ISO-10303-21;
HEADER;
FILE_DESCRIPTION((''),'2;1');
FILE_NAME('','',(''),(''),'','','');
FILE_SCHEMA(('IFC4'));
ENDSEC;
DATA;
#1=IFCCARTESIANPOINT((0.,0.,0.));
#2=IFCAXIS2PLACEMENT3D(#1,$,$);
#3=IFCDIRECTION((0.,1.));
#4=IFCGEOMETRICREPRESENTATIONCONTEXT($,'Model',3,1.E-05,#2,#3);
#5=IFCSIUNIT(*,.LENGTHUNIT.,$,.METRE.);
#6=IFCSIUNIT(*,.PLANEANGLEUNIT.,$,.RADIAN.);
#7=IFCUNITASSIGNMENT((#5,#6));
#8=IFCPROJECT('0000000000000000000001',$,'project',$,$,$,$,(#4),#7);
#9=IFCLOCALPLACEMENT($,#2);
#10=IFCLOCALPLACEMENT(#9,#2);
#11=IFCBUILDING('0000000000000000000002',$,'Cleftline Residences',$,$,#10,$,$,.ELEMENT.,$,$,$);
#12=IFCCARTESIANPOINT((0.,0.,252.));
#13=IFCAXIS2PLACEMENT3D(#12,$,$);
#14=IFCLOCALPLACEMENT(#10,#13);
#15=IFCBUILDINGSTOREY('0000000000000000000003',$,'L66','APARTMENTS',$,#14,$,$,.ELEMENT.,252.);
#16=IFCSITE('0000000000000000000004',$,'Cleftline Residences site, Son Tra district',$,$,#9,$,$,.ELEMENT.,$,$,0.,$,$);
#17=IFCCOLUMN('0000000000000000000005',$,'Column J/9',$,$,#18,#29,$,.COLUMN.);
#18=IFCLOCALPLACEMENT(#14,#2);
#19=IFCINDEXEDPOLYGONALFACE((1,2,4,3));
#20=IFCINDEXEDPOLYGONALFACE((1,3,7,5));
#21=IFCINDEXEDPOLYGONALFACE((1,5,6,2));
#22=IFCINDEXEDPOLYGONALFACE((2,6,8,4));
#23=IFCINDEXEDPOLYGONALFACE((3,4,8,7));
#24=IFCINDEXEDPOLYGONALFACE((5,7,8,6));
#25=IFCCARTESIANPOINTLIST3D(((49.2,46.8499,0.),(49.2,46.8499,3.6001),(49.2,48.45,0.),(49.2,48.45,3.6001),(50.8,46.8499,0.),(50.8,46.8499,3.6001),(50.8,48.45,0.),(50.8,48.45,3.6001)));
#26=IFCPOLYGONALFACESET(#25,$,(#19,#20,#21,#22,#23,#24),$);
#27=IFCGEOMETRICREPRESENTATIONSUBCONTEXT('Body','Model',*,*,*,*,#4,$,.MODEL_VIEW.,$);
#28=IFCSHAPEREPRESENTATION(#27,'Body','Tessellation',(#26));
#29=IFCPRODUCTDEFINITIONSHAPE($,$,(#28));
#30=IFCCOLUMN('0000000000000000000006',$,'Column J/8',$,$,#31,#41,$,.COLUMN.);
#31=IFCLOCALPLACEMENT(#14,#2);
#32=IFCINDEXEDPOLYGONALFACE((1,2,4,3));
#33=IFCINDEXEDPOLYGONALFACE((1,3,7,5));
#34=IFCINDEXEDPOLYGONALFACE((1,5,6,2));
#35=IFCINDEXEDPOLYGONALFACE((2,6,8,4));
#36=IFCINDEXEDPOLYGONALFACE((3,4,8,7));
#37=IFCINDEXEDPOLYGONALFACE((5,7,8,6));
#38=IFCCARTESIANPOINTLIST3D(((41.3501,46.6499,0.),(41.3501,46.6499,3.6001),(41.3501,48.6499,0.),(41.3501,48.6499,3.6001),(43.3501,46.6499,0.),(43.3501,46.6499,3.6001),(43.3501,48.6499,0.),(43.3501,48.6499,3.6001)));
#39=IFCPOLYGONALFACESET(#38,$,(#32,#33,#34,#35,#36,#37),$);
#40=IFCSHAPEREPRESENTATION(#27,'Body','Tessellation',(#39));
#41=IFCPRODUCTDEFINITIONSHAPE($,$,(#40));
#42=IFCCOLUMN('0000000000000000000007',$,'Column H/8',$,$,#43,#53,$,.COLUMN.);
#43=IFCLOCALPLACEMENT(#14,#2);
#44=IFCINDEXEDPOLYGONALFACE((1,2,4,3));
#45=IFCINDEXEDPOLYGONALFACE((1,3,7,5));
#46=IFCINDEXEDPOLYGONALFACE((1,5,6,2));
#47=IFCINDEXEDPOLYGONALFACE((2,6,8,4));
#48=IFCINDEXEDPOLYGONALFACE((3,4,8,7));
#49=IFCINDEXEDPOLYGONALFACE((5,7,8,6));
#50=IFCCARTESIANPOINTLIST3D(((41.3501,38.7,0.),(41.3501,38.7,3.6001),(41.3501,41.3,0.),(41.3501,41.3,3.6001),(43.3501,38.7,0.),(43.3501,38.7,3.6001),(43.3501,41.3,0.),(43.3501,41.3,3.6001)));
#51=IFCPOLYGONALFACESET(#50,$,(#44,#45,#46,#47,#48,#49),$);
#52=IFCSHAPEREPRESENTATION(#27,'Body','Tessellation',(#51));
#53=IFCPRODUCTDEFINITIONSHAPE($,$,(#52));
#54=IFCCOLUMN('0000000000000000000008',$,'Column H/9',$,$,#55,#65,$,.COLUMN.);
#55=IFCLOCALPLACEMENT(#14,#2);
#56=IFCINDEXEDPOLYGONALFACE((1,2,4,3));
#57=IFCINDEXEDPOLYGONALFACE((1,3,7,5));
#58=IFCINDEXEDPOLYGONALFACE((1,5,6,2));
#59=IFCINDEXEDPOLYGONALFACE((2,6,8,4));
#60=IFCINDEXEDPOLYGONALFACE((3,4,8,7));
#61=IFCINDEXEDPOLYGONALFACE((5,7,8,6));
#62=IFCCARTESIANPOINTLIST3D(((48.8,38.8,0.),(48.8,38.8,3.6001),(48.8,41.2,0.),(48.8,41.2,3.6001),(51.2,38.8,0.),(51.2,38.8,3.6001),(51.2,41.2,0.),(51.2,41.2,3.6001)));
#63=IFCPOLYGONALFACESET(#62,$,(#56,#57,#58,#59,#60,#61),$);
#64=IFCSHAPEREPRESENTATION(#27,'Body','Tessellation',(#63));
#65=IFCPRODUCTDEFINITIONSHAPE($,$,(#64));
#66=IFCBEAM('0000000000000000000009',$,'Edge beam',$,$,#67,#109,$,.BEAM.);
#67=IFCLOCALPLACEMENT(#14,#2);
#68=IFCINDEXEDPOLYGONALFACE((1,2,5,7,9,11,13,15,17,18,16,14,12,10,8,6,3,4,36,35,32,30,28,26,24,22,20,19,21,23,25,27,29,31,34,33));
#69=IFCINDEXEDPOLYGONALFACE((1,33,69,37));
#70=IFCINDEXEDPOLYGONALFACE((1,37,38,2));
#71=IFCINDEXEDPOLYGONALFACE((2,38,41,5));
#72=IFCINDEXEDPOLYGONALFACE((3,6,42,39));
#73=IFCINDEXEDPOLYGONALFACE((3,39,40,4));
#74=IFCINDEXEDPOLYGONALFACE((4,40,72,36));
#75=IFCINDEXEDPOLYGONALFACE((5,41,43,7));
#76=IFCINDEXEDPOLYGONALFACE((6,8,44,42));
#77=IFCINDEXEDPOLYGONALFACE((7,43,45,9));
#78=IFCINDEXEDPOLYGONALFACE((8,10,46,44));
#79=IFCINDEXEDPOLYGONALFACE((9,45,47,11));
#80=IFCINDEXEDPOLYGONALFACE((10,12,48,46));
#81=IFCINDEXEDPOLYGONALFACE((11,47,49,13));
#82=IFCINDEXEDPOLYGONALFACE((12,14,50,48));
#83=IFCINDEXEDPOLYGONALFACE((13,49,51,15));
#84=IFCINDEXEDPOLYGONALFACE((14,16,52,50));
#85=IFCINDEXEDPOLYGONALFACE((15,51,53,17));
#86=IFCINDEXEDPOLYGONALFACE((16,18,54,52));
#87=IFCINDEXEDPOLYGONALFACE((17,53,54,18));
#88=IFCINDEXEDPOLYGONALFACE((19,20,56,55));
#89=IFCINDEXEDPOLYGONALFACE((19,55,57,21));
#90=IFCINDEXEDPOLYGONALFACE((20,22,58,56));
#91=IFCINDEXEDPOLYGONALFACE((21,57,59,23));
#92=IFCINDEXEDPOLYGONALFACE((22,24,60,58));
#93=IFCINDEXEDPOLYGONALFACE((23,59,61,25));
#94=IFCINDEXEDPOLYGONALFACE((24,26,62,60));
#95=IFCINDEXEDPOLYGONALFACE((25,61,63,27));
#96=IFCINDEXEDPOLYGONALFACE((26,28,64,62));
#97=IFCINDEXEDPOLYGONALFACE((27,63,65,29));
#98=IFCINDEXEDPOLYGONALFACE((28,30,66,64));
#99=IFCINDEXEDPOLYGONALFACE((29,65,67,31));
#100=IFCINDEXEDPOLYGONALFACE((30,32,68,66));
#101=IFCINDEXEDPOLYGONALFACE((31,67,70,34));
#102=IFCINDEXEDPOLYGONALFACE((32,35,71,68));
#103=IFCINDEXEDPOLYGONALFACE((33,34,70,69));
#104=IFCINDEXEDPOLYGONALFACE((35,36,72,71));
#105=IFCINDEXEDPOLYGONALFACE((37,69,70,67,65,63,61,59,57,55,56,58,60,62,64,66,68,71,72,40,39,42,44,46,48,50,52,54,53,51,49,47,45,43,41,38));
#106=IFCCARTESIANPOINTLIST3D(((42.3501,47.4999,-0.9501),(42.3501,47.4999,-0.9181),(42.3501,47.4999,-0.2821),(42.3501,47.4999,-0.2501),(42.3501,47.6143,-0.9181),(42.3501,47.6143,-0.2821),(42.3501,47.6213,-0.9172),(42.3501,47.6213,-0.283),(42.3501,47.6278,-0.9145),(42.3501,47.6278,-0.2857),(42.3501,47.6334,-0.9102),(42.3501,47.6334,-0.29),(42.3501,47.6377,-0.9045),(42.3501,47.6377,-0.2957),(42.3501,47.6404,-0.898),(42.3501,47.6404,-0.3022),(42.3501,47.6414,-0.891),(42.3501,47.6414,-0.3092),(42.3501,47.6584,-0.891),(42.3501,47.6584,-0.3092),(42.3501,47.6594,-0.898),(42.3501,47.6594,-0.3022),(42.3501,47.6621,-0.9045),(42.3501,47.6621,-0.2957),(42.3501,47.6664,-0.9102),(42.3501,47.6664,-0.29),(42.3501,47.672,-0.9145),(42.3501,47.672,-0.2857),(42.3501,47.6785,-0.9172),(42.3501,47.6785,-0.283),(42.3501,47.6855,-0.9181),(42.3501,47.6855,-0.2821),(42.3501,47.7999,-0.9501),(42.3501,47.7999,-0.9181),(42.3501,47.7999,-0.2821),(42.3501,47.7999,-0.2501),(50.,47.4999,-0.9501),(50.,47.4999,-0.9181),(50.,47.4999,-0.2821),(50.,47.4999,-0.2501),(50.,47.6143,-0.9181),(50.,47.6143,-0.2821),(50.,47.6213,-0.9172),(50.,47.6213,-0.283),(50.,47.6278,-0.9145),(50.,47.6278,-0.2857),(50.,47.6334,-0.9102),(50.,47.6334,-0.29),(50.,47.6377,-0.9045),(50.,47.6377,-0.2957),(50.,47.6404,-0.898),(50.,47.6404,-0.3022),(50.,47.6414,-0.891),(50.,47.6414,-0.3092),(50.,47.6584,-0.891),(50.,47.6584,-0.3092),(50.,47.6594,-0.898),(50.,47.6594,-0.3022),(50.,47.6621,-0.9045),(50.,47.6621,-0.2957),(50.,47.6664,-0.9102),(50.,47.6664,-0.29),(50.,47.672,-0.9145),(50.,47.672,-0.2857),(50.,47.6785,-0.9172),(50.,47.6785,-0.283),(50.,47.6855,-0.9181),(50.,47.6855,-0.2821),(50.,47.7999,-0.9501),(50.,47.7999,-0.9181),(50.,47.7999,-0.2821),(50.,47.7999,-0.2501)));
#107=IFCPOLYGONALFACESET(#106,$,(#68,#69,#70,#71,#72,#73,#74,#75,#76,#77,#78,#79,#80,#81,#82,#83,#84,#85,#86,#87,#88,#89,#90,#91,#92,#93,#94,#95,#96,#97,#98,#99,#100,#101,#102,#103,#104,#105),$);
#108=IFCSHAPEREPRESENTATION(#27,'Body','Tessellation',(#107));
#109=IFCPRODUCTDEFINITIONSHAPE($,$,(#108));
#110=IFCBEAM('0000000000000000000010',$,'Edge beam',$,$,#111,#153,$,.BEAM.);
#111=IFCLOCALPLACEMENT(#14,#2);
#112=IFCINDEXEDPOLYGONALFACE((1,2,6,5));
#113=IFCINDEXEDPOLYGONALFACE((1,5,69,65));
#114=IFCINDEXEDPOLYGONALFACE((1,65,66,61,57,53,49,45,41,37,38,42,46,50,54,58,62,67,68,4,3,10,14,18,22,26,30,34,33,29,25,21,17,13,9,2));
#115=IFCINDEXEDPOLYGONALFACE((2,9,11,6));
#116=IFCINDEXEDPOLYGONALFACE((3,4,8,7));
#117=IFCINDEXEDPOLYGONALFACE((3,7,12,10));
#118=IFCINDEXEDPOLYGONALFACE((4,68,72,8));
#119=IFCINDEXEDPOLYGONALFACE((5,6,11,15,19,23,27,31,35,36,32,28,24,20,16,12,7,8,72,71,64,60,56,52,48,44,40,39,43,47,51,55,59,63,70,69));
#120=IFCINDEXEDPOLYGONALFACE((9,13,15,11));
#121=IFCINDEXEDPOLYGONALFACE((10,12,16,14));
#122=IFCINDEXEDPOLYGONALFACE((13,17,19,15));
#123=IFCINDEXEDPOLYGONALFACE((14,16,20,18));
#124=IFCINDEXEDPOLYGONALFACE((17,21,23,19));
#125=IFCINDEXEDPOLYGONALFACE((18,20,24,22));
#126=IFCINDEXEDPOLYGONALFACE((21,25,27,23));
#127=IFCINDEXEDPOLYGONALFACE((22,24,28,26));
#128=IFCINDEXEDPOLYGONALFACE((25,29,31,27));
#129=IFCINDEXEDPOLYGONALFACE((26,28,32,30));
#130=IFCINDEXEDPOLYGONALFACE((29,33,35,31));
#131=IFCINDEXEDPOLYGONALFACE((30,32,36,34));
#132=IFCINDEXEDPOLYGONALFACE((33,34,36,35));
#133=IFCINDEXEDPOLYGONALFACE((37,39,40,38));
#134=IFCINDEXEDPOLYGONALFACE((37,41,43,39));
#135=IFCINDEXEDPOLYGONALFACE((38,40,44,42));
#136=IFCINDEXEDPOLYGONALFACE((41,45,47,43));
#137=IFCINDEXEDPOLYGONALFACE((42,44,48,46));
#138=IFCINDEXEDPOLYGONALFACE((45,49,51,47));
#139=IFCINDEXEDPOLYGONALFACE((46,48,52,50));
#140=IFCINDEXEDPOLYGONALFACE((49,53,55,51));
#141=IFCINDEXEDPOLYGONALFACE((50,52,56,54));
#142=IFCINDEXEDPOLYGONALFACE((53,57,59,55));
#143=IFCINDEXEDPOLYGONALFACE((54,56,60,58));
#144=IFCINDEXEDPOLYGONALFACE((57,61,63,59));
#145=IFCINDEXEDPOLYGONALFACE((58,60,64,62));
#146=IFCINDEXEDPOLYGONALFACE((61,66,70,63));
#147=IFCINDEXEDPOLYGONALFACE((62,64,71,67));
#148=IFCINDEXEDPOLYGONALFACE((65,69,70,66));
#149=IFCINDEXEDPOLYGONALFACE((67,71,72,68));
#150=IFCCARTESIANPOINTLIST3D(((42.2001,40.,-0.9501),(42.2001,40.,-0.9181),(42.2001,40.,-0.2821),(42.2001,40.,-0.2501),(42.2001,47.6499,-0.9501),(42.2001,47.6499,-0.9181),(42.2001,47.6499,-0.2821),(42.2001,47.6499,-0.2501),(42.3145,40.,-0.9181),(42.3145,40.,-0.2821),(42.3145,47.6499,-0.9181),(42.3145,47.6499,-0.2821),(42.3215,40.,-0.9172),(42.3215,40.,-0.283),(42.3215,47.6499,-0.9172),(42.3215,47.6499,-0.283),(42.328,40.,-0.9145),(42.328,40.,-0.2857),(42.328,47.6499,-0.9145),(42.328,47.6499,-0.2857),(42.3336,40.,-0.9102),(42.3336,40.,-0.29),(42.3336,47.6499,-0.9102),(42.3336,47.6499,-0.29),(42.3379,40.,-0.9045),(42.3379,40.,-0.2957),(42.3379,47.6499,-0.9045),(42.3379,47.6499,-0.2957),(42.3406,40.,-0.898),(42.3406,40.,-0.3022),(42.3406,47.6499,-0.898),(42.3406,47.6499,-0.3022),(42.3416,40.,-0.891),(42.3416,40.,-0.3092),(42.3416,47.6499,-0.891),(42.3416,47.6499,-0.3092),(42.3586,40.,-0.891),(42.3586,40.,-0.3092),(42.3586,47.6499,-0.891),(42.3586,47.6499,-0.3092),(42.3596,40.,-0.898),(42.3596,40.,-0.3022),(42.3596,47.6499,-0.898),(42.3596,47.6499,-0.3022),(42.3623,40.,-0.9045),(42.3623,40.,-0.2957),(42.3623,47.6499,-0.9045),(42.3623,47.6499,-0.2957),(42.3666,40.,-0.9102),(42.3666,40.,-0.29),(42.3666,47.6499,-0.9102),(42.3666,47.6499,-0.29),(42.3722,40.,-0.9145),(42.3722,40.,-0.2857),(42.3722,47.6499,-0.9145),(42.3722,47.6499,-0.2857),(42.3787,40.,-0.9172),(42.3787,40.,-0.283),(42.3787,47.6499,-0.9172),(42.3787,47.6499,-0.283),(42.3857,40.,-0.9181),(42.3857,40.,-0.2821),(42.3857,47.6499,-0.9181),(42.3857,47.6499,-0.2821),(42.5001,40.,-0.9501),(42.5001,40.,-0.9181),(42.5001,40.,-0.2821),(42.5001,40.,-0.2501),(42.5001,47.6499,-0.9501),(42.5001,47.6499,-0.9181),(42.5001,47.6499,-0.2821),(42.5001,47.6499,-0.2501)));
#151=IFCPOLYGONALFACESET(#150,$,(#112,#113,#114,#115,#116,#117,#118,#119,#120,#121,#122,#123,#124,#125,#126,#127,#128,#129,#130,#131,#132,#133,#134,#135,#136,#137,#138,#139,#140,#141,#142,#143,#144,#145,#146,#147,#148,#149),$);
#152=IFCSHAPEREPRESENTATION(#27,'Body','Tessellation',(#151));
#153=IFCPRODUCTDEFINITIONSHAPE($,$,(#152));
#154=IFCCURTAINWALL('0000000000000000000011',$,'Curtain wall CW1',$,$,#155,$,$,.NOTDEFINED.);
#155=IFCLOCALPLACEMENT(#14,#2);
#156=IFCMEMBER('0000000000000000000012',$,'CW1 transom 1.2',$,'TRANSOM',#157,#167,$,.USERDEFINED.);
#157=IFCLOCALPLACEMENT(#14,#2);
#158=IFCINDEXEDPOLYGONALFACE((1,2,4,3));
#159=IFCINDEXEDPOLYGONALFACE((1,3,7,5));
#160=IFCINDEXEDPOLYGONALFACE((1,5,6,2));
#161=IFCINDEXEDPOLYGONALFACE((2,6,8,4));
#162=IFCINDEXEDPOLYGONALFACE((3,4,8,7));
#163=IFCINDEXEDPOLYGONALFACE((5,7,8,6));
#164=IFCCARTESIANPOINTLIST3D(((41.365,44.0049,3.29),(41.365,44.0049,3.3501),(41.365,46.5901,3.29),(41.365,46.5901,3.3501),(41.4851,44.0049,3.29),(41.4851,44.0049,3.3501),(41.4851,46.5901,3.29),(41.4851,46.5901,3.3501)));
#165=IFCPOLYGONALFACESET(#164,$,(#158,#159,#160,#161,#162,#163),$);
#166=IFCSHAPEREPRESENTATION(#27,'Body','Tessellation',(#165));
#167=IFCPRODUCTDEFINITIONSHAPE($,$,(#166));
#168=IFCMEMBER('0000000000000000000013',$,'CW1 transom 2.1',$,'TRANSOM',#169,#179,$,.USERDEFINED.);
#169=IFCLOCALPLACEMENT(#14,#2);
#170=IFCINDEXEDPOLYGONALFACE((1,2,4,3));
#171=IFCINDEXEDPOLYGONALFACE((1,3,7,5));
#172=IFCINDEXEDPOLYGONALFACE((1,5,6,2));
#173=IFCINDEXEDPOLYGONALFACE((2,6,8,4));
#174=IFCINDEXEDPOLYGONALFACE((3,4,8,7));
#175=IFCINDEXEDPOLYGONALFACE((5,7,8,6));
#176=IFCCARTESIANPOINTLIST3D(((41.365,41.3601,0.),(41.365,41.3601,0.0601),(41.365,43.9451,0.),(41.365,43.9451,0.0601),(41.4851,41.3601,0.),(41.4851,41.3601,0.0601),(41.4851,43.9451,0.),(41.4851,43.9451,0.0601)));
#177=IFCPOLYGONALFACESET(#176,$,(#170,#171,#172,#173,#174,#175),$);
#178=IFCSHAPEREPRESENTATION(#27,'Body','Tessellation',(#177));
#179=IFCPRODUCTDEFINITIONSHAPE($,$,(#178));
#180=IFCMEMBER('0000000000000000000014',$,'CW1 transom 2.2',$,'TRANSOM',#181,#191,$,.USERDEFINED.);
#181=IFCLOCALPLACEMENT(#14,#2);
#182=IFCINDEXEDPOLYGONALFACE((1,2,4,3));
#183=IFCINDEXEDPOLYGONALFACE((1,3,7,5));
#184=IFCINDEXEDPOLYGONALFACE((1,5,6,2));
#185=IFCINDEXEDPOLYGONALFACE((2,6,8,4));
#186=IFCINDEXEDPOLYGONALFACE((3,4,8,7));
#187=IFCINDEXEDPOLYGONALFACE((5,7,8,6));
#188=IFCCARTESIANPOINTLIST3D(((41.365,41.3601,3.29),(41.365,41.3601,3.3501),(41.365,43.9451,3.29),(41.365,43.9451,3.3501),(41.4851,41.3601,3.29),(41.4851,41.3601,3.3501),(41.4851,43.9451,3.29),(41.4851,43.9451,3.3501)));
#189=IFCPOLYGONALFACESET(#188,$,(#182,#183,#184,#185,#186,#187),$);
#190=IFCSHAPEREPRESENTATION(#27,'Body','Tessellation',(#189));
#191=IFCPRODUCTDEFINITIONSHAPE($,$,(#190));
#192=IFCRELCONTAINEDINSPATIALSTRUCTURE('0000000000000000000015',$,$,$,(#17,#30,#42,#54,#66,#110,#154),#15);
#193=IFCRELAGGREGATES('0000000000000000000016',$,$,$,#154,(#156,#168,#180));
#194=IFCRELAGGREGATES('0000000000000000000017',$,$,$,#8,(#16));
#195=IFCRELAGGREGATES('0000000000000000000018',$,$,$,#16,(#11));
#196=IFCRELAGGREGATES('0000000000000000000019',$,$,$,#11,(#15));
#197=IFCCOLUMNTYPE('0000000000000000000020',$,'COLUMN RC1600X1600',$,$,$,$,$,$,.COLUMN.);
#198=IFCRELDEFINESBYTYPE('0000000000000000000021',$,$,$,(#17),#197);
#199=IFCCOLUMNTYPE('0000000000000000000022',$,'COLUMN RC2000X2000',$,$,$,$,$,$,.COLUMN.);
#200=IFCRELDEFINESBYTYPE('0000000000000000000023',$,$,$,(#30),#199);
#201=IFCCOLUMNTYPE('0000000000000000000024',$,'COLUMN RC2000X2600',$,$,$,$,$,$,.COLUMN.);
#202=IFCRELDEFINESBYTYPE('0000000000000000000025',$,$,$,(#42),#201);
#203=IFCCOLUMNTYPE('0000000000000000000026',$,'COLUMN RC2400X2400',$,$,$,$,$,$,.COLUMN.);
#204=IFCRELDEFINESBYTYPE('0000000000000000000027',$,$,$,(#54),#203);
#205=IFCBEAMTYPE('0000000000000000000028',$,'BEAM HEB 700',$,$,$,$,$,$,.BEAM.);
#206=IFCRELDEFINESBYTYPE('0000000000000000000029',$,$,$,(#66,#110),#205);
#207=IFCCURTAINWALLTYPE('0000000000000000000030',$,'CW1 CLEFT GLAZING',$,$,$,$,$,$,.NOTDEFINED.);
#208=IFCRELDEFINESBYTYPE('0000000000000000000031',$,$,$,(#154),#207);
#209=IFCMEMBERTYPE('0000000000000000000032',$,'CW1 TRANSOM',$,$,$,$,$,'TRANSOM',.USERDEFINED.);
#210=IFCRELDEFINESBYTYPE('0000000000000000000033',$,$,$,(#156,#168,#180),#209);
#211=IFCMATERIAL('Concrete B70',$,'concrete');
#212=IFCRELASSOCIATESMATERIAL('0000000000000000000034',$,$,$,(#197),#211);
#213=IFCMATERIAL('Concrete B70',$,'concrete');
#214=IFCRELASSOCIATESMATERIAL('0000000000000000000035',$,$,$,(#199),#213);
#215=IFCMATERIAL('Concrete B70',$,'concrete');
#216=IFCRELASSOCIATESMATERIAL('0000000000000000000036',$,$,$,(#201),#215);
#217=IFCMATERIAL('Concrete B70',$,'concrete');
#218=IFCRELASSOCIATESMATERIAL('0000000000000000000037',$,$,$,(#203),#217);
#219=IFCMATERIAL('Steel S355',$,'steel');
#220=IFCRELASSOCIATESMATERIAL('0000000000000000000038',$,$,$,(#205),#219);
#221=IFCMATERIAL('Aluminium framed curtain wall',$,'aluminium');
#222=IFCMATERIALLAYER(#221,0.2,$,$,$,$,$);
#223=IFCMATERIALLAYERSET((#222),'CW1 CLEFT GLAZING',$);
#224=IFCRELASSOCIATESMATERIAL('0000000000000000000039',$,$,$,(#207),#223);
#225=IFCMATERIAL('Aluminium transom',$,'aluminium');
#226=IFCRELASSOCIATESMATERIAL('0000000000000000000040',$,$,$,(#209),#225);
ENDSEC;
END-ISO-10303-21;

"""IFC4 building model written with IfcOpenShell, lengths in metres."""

from ifc_helpers import new_model, si_unit, direction, frame, origin, origin_2d, place, context, subcontext, project, spatial, rectangle, i_section, extrude, material, layer, layer_set, material_profile, profile_set, type_object, element, aggregate, save


model = new_model("IFC4")

# Units and contexts
model_context = context("Model", 3, precision=1e-05, world=origin(), true_north=direction((0.0, 1.0)))
body_context = subcontext(model_context, "Body", "Model", "MODEL_VIEW")
ifc_project = project(units=[si_unit("LENGTHUNIT", "METRE"), si_unit("PLANEANGLEUNIT", "RADIAN")], contexts=[model_context])

# Site, building, storey
site_placement = place(None, origin())
site = spatial("IfcSite", under=ifc_project, at=site_placement, Name="Cleftline Residences site, Son Tra district", CompositionType="ELEMENT", RefElevation=0.0)
building_placement = place(site_placement, origin())
building = spatial("IfcBuilding", under=site, at=building_placement, Name="Cleftline Residences", CompositionType="ELEMENT")
storey_placement = place(building_placement, frame((0.0, 0.0, 252.0)))
storey = spatial("IfcBuildingStorey", under=building, at=storey_placement, Name="L66", Description="APARTMENTS", CompositionType="ELEMENT", Elevation=252.0)

# Columns
ifc_material_1 = material(Name="Concrete B70", Category="concrete")
ifc_material_profile_1 = material_profile(ifc_material_1, rectangle(XDim=1.6001, YDim=1.6001, at=origin_2d()))
ifc_profile_set_1 = profile_set([ifc_material_profile_1], Name="Concrete B70")
column_type_1 = type_object("IfcColumnType", Name="COLUMN RC1600X1600", PredefinedType="COLUMN", material=ifc_profile_set_1)
column_1_placement = place(storey_placement, frame((50.0, 47.6499, 0.0), z_axis=(0.0, 0.0, 1.0), x_axis=(1.0, 0.0, 0.0)))
element("IfcColumn", 1, at=column_1_placement, inside=storey, type_object=column_type_1, Name="Column J/9", PredefinedType="COLUMN", context=body_context, shape_type="SweptSolid", body=[
    extrude(rectangle(XDim=1.6001, YDim=1.6001, at=origin_2d()), origin(), (0.0, 0.0, 1.0), 3.6001),
])
ifc_material_2 = material(Name="Concrete B70", Category="concrete")
ifc_material_profile_2 = material_profile(ifc_material_2, rectangle(XDim=2.0, YDim=2.0, at=origin_2d()))
ifc_profile_set_2 = profile_set([ifc_material_profile_2], Name="Concrete B70")
column_type_2 = type_object("IfcColumnType", Name="COLUMN RC2000X2000", PredefinedType="COLUMN", material=ifc_profile_set_2)
column_2_placement = place(storey_placement, frame((42.3501, 47.6499, 0.0), z_axis=(0.0, 0.0, 1.0), x_axis=(1.0, 0.0, 0.0)))
element("IfcColumn", 2, at=column_2_placement, inside=storey, type_object=column_type_2, Name="Column J/8", PredefinedType="COLUMN", context=body_context, shape_type="SweptSolid", body=[
    extrude(rectangle(XDim=2.0, YDim=2.0, at=origin_2d()), origin(), (0.0, 0.0, 1.0), 3.6001),
])
ifc_material_3 = material(Name="Concrete B70", Category="concrete")
ifc_material_profile_3 = material_profile(ifc_material_3, rectangle(XDim=2.0, YDim=2.6001, at=origin_2d()))
ifc_profile_set_3 = profile_set([ifc_material_profile_3], Name="Concrete B70")
column_type_3 = type_object("IfcColumnType", Name="COLUMN RC2000X2600", PredefinedType="COLUMN", material=ifc_profile_set_3)
column_3_placement = place(storey_placement, frame((42.3501, 40.0, 0.0), z_axis=(0.0, 0.0, 1.0), x_axis=(1.0, 0.0, 0.0)))
element("IfcColumn", 3, at=column_3_placement, inside=storey, type_object=column_type_3, Name="Column H/8", PredefinedType="COLUMN", context=body_context, shape_type="SweptSolid", body=[
    extrude(rectangle(XDim=2.0, YDim=2.6001, at=origin_2d()), origin(), (0.0, 0.0, 1.0), 3.6001),
])
ifc_material_4 = material(Name="Concrete B70", Category="concrete")
ifc_material_profile_4 = material_profile(ifc_material_4, rectangle(XDim=2.3999, YDim=2.3999, at=origin_2d()))
ifc_profile_set_4 = profile_set([ifc_material_profile_4], Name="Concrete B70")
column_type_4 = type_object("IfcColumnType", Name="COLUMN RC2400X2400", PredefinedType="COLUMN", material=ifc_profile_set_4)
column_4_placement = place(storey_placement, frame((50.0, 40.0, 0.0), z_axis=(0.0, 0.0, 1.0), x_axis=(1.0, 0.0, 0.0)))
element("IfcColumn", 4, at=column_4_placement, inside=storey, type_object=column_type_4, Name="Column H/9", PredefinedType="COLUMN", context=body_context, shape_type="SweptSolid", body=[
    extrude(rectangle(XDim=2.3999, YDim=2.3999, at=origin_2d()), origin(), (0.0, 0.0, 1.0), 3.6001),
])

# Beams
ifc_material_5 = material(Name="Steel S355", Category="steel")
ifc_material_profile_5 = material_profile(ifc_material_5, i_section(OverallWidth=0.3, OverallDepth=0.7, WebThickness=0.0171, FlangeThickness=0.032, FilletRadius=0.0271, at=origin_2d()))
ifc_profile_set_5 = profile_set([ifc_material_profile_5], Name="Steel S355")
beam_type = type_object("IfcBeamType", Name="BEAM HEB 700", PredefinedType="BEAM", material=ifc_profile_set_5)
for number, where, z_axis, x_axis, name in (
    (5, (50.0, 47.6499, -0.6001), (-1.0, 0.0, 0.0), (0.0, -1.0, 0.0), "Edge beam"),
    (6, (42.3501, 47.6499, -0.6001), (0.0, -1.0, 0.0), (1.0, 0.0, 0.0), "Edge beam"),
):
    element("IfcBeam", number, at=place(storey_placement, frame(where, z_axis=z_axis, x_axis=x_axis)), inside=storey, type_object=beam_type, Name=name, PredefinedType="BEAM", context=body_context, shape_type="SweptSolid", body=[
        extrude(i_section(OverallWidth=0.3, OverallDepth=0.7, WebThickness=0.0171, FlangeThickness=0.032, FilletRadius=0.0271, at=origin_2d()), origin(), (0.0, 0.0, 1.0), 7.6499),
    ])

# Curtain wall, members
ifc_material_6 = material(Name="Aluminium framed curtain wall", Category="aluminium")
ifc_layer_1 = layer(ifc_material_6, 0.2)
ifc_layer_set_1 = layer_set([ifc_layer_1], Name="CW1 CLEFT GLAZING")
curtain_wall_type = type_object("IfcCurtainWallType", Name="CW1 CLEFT GLAZING", PredefinedType="NOTDEFINED", material=ifc_layer_set_1)
curtain_wall_placement = place(storey_placement, origin())
curtain_wall = element("IfcCurtainWall", 7, at=curtain_wall_placement, inside=storey, type_object=curtain_wall_type, Name="Curtain wall CW1", PredefinedType="NOTDEFINED")
ifc_material_7 = material(Name="Aluminium transom", Category="aluminium")
ifc_material_profile_6 = material_profile(ifc_material_7, rectangle(XDim=0.1201, YDim=0.0601, at=origin_2d()))
ifc_profile_set_6 = profile_set([ifc_material_profile_6], Name="Aluminium transom")
member_type = type_object("IfcMemberType", Name="CW1 TRANSOM", ElementType="TRANSOM", PredefinedType="USERDEFINED", material=ifc_profile_set_6)
member_1_placement = place(storey_placement, frame((41.425, 46.5901, 3.3201), z_axis=(0.0, -1.0, 0.0), x_axis=(1.0, 0.0, 0.0)))
member_1 = element("IfcMember", 8, at=member_1_placement, type_object=member_type, Name="CW1 transom 1.2", ObjectType="TRANSOM", PredefinedType="USERDEFINED", context=body_context, shape_type="SweptSolid", body=[
    extrude(rectangle(XDim=0.1201, YDim=0.0601, at=origin_2d()), origin(), (0.0, 0.0, 1.0), 2.5852),
])
member_2_placement = place(storey_placement, frame((41.425, 43.9451, 0.03), z_axis=(0.0, -1.0, 0.0), x_axis=(1.0, 0.0, 0.0)))
member_2 = element("IfcMember", 9, at=member_2_placement, type_object=member_type, Name="CW1 transom 2.1", ObjectType="TRANSOM", PredefinedType="USERDEFINED", context=body_context, shape_type="SweptSolid", body=[
    extrude(rectangle(XDim=0.1201, YDim=0.0601, at=origin_2d()), origin(), (0.0, 0.0, 1.0), 2.585),
])
member_3_placement = place(storey_placement, frame((41.425, 43.9451, 3.3201), z_axis=(0.0, -1.0, 0.0), x_axis=(1.0, 0.0, 0.0)))
member_3 = element("IfcMember", 10, at=member_3_placement, type_object=member_type, Name="CW1 transom 2.2", ObjectType="TRANSOM", PredefinedType="USERDEFINED", context=body_context, shape_type="SweptSolid", body=[
    extrude(rectangle(XDim=0.1201, YDim=0.0601, at=origin_2d()), origin(), (0.0, 0.0, 1.0), 2.585),
])
aggregate(curtain_wall, [member_1, member_2, member_3])

save(model, "model.ifc")
